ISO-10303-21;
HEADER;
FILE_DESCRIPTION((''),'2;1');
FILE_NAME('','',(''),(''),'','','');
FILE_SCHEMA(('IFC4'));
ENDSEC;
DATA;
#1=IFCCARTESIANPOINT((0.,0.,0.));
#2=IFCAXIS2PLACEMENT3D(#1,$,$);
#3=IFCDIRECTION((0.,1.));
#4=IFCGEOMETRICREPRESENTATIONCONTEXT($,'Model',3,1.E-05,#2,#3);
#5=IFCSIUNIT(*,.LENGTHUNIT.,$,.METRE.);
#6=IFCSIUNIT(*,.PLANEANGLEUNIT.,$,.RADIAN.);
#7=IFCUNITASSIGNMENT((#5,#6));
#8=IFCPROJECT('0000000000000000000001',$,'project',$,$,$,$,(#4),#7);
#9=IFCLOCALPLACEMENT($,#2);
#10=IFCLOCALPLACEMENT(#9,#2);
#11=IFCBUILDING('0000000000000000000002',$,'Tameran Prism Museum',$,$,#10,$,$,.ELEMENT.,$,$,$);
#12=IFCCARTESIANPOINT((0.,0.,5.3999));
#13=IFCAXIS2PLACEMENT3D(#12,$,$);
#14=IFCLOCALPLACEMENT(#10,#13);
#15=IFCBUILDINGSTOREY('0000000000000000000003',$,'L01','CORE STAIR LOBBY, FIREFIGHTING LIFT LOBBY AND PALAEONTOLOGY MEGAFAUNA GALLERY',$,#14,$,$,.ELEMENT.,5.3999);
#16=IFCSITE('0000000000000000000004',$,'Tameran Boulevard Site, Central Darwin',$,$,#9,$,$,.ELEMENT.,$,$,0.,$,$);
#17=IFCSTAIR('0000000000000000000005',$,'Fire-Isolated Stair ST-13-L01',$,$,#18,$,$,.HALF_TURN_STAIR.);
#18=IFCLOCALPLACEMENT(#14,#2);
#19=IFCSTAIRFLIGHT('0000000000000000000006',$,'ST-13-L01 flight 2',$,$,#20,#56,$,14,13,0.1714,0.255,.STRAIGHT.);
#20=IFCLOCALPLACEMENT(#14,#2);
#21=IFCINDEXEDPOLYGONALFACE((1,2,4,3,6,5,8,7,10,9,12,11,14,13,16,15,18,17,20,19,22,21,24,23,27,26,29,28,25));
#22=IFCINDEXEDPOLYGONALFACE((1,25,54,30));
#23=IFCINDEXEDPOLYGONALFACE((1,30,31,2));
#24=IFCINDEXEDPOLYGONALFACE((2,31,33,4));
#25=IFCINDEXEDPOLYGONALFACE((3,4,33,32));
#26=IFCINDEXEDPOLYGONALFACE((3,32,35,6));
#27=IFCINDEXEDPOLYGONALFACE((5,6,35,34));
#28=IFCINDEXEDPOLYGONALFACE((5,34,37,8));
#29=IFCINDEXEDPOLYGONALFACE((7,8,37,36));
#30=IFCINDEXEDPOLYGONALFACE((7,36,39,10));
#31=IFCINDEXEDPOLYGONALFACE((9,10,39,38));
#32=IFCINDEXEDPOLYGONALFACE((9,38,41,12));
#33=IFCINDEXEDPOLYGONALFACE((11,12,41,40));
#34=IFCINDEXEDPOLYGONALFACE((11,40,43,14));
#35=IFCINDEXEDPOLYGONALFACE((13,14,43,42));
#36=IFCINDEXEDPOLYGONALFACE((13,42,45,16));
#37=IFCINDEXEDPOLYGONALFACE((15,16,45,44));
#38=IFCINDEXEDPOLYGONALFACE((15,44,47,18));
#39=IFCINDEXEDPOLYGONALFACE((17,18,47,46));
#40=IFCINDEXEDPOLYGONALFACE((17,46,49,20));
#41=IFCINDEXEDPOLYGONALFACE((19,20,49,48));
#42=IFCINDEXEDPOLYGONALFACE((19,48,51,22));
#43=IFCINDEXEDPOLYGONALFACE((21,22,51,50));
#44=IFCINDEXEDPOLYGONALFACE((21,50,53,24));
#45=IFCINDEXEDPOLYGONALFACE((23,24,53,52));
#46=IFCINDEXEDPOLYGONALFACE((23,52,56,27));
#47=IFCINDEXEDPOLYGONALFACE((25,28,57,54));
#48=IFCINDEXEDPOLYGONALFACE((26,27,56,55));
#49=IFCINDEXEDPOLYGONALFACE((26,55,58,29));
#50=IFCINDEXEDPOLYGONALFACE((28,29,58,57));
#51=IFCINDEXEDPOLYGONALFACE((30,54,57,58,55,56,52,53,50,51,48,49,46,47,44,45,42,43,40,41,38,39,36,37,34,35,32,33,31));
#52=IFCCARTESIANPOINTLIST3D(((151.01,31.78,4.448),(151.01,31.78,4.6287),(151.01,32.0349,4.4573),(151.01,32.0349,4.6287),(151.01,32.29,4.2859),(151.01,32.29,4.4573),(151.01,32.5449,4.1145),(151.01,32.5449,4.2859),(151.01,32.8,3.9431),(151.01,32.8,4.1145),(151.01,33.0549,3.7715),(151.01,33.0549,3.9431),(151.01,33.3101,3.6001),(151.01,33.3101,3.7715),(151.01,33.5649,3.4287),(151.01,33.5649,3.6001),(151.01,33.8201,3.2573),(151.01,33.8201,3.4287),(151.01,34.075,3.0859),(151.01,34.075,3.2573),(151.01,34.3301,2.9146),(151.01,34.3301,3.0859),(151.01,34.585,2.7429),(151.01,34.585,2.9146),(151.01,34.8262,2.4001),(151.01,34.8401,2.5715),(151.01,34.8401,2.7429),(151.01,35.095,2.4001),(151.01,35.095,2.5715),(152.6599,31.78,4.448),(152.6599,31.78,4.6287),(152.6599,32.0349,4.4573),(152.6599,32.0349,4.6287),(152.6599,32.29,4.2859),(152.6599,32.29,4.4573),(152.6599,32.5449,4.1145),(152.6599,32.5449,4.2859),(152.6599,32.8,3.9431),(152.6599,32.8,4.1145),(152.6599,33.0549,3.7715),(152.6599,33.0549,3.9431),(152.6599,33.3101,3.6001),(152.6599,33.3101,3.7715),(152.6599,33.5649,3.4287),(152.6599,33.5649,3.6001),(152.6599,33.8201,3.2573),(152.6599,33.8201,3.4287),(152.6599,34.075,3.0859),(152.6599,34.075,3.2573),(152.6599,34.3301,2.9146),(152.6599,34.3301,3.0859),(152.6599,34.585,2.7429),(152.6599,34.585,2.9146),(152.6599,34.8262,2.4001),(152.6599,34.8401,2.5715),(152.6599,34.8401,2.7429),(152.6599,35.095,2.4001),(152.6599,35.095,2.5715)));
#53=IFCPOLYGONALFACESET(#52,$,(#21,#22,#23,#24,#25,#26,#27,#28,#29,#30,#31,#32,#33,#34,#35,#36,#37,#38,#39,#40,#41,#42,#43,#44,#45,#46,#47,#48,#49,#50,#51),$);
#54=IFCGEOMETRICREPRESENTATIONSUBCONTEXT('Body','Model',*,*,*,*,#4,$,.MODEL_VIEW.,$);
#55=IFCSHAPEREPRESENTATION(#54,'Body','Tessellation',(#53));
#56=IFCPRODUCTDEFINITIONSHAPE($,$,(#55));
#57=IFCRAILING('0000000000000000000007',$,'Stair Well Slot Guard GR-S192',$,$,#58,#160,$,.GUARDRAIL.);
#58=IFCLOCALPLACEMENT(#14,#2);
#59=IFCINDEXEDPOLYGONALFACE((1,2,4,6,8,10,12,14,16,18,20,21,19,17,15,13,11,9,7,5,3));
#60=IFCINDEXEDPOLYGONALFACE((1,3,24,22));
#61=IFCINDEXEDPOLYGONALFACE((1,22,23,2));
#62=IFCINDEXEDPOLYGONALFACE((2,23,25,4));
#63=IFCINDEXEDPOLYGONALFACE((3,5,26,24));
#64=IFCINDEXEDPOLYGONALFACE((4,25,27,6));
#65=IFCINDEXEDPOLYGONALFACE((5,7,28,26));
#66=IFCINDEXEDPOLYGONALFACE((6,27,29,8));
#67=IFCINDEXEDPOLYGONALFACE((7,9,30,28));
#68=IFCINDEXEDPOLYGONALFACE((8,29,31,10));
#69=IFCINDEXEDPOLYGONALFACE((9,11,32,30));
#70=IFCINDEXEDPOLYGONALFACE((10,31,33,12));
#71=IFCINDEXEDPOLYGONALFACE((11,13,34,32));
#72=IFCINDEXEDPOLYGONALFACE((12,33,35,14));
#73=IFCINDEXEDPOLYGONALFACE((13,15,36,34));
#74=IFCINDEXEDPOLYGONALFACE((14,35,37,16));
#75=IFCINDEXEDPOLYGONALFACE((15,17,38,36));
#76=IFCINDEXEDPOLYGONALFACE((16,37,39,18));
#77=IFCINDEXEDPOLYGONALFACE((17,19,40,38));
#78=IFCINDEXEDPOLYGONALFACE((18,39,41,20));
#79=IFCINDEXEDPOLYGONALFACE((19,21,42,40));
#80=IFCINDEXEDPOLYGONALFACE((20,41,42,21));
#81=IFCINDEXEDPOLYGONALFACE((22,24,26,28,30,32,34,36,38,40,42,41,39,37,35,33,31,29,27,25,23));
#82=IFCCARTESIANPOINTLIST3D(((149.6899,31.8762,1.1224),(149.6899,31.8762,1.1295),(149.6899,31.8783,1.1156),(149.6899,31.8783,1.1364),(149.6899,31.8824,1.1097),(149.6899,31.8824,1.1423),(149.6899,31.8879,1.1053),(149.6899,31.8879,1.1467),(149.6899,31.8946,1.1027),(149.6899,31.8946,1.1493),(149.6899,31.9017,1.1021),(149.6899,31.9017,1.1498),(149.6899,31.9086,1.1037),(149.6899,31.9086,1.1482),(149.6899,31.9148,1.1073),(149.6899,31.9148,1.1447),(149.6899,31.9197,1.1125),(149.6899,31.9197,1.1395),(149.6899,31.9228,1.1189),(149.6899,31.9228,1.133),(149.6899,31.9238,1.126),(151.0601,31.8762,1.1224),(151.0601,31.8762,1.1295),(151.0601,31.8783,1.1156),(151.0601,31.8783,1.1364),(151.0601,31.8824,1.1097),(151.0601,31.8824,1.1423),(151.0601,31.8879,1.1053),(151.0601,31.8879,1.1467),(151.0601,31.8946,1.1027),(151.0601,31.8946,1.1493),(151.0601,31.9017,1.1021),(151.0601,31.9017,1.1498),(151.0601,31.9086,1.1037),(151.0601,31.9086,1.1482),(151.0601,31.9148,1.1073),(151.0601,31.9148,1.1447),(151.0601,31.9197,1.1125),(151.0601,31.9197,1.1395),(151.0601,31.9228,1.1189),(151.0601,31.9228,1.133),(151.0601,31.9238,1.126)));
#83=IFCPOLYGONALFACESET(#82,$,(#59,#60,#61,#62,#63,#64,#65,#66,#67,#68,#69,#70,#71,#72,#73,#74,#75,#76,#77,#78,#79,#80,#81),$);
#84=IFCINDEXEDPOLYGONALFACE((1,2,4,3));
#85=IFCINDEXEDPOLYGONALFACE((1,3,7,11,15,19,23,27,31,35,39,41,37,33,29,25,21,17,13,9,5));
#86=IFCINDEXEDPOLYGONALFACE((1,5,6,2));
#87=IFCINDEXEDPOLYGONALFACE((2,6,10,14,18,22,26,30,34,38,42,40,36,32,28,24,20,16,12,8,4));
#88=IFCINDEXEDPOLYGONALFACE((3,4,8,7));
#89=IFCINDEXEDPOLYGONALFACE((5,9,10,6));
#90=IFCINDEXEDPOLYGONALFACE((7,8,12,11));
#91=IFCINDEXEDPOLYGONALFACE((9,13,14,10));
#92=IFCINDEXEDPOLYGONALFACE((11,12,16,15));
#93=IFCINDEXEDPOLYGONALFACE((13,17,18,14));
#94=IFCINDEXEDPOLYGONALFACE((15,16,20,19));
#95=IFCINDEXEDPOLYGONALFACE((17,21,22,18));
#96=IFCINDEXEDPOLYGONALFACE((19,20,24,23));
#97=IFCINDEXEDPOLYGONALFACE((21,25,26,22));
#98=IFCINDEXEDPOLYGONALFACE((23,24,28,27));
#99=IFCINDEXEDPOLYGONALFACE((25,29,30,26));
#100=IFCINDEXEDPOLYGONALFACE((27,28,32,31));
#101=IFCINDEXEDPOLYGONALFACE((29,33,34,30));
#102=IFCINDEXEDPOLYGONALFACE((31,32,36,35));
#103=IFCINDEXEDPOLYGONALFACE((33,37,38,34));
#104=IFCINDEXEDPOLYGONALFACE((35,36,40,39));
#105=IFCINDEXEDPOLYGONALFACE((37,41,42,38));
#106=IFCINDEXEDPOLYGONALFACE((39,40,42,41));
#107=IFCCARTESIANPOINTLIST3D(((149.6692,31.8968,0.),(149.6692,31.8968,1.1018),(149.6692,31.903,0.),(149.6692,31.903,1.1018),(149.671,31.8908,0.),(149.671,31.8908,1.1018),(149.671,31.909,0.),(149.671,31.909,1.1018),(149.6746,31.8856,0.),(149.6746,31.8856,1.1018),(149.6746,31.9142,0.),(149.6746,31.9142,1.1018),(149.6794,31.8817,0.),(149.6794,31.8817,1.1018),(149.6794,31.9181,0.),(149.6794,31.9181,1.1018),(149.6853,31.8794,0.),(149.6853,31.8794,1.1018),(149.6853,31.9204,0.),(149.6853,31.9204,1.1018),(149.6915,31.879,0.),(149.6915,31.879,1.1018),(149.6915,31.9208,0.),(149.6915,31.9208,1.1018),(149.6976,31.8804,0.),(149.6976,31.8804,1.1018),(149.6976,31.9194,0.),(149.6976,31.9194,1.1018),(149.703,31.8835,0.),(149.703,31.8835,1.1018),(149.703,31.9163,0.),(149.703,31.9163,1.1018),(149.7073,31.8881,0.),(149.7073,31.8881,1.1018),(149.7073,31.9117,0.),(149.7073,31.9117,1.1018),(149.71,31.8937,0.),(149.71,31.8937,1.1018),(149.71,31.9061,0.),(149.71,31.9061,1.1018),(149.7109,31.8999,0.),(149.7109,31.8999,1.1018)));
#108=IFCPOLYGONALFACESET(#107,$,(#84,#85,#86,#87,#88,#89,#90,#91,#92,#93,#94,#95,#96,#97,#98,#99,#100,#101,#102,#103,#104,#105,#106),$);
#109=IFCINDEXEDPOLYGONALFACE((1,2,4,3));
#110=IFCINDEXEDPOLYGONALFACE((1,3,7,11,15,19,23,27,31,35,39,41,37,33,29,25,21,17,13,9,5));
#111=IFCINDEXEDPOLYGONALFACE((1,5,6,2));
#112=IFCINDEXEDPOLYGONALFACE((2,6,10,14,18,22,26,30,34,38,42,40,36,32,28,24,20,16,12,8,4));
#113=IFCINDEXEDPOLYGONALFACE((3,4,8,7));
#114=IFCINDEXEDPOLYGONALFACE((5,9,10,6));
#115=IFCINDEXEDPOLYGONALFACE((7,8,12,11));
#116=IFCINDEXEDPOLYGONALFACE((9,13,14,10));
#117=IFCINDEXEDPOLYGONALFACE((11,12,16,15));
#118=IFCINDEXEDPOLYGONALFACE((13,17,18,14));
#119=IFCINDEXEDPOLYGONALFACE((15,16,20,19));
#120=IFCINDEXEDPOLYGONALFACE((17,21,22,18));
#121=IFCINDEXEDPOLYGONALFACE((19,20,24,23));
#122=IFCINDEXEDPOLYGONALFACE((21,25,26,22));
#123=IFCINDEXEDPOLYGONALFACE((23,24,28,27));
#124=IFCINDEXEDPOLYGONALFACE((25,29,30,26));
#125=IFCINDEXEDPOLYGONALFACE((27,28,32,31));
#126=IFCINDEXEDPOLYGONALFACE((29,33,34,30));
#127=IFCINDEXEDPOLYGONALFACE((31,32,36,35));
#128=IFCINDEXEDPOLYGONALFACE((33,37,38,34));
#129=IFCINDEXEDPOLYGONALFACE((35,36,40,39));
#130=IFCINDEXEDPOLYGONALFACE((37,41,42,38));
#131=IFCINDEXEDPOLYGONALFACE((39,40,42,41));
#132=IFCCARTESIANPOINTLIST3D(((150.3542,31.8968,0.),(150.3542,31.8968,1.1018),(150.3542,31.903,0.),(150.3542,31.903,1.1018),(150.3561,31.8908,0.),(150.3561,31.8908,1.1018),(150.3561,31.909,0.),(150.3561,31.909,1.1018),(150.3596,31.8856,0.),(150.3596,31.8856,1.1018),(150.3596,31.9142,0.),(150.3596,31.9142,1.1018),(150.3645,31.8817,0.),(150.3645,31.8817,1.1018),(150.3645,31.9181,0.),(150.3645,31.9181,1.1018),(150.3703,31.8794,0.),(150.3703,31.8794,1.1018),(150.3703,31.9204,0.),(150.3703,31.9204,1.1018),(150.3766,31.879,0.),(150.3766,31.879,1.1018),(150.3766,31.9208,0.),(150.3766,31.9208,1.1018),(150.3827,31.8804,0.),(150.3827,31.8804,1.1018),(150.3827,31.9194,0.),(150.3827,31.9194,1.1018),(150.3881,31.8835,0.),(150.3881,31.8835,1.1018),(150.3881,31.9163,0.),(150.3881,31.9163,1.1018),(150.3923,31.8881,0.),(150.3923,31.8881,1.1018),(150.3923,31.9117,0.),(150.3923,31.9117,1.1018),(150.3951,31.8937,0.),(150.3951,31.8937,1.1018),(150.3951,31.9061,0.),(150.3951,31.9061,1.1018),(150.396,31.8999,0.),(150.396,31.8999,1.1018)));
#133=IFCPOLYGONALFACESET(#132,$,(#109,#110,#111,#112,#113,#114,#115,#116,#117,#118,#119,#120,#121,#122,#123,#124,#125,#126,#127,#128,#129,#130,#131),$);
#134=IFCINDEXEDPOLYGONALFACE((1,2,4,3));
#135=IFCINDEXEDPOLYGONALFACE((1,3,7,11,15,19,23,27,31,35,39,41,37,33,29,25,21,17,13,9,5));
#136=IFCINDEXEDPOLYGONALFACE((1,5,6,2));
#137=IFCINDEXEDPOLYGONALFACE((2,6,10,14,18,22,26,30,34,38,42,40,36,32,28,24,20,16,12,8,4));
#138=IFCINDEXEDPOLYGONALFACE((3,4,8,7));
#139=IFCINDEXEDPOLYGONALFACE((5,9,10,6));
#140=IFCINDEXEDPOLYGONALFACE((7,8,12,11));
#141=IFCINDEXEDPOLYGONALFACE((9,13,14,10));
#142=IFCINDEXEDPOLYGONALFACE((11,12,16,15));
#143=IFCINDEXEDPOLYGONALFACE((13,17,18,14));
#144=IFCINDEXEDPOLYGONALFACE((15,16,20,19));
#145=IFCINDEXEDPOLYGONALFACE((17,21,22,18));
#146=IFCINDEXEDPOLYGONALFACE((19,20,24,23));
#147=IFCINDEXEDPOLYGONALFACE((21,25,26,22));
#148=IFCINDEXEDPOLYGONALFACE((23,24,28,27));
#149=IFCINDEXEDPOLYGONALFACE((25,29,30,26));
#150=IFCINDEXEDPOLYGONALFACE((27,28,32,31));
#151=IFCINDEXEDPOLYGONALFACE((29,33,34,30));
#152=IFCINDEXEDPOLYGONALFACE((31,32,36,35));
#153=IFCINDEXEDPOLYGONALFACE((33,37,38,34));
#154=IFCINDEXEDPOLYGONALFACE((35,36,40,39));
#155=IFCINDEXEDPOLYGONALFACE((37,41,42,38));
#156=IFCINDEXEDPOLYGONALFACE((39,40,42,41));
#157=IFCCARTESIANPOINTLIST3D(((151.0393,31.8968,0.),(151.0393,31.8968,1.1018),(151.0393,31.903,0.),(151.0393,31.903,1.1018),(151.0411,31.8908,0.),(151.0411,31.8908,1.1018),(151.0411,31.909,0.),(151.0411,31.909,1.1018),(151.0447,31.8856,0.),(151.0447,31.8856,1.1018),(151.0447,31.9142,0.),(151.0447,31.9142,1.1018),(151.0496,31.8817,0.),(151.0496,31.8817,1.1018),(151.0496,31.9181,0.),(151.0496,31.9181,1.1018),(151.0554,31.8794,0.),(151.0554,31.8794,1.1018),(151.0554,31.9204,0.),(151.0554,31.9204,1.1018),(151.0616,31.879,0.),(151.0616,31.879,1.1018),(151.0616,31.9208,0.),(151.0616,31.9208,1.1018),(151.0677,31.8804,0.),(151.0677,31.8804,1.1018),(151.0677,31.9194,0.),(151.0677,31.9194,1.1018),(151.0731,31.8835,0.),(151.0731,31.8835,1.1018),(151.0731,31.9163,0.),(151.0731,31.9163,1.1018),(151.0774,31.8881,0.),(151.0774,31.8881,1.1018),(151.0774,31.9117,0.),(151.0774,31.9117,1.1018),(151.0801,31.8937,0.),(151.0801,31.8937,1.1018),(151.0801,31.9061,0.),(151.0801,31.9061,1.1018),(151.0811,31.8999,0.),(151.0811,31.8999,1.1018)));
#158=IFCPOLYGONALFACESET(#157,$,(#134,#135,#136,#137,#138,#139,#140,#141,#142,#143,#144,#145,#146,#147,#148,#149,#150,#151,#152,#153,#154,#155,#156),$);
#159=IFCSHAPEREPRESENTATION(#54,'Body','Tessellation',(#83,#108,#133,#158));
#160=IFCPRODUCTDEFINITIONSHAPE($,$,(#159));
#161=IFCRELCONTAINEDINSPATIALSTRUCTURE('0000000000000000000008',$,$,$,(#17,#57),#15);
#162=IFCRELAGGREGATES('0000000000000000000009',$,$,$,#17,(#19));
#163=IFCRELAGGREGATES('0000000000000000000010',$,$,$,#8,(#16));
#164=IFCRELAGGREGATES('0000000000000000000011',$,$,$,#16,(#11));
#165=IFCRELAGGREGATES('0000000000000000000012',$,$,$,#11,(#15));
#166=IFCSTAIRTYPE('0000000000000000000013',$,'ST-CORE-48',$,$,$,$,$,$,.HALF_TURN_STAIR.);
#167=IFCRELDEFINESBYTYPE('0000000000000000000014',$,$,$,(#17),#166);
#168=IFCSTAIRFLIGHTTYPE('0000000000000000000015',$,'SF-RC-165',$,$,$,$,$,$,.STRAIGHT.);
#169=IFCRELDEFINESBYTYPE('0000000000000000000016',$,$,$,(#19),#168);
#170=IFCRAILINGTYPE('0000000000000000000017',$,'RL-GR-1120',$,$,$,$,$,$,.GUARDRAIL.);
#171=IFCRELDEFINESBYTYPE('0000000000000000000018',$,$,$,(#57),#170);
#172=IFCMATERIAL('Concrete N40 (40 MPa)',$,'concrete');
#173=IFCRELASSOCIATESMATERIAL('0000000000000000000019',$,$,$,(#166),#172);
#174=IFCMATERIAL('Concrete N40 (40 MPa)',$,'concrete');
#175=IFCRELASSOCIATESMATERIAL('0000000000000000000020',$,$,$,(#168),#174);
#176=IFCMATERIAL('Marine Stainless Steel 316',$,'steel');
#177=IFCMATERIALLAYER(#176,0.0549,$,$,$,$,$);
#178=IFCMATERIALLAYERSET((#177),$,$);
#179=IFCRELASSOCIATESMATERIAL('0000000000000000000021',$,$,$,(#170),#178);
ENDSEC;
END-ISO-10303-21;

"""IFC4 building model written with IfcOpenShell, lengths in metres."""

from ifc_helpers import new_model, si_unit, direction, frame, origin, origin_2d, place, context, subcontext, project, spatial, polyline, circle, outline, extrude, material, layer, layer_set, type_object, element, aggregate, save


model = new_model("IFC4")

# Units and contexts
model_context = context("Model", 3, precision=1e-05, world=origin(), true_north=direction((0.0, 1.0)))
body_context = subcontext(model_context, "Body", "Model", "MODEL_VIEW")
ifc_project = project(units=[si_unit("LENGTHUNIT", "METRE"), si_unit("PLANEANGLEUNIT", "RADIAN")], contexts=[model_context])

# Site, building, storey
site_placement = place(None, origin())
site = spatial("IfcSite", under=ifc_project, at=site_placement, Name="Tameran Boulevard Site, Central Darwin", CompositionType="ELEMENT", RefElevation=0.0)
building_placement = place(site_placement, origin())
building = spatial("IfcBuilding", under=site, at=building_placement, Name="Tameran Prism Museum", CompositionType="ELEMENT")
storey_placement = place(building_placement, frame((0.0, 0.0, 5.3999)))
storey = spatial("IfcBuildingStorey", under=building, at=storey_placement, Name="L01", Description="CORE STAIR LOBBY, FIREFIGHTING LIFT LOBBY AND PALAEONTOLOGY MEGAFAUNA GALLERY", CompositionType="ELEMENT", Elevation=5.3999)

# Stair, stair flight
ifc_material_1 = material(Name="Concrete N40 (40 MPa)", Category="concrete")
stair_type = type_object("IfcStairType", Name="ST-CORE-48", PredefinedType="HALF_TURN_STAIR", material=ifc_material_1)
stair_placement = place(storey_placement, origin())
stair = element("IfcStair", 1, at=stair_placement, inside=storey, type_object=stair_type, Name="Fire-Isolated Stair ST-13-L01", PredefinedType="HALF_TURN_STAIR")
ifc_material_2 = material(Name="Concrete N40 (40 MPa)", Category="concrete")
stair_flight_type = type_object("IfcStairFlightType", Name="SF-RC-165", PredefinedType="STRAIGHT", material=ifc_material_2)
stair_flight_1_placement = place(storey_placement, frame((151.835, 35.095, 2.4001), z_axis=(0.0, 0.0, 1.0), x_axis=(0.0, -1.0, 0.0)))
stair_flight_1 = element("IfcStairFlight", 2, at=stair_flight_1_placement, type_object=stair_flight_type, Name="ST-13-L01 flight 2", NumberOfRisers=14, NumberOfTreads=13, PredefinedType="STRAIGHT", RiserHeight=0.1714, TreadLength=0.255, context=body_context, shape_type="SweptSolid", body=[
    extrude(outline(polyline([(0.0, 0.0), (0.0, 0.1714), (0.2549, 0.1714), (0.2549, 0.3428), (0.51, 0.3428), (0.51, 0.5144), (0.7649, 0.5144), (0.7649, 0.6858), (1.02, 0.6858), (1.02, 0.8572), (1.2749, 0.8572), (1.2749, 1.0286), (1.53, 1.0286), (1.53, 1.2), (1.7849, 1.2), (1.7849, 1.3713), (2.04, 1.3713), (2.04, 1.543), (2.2949, 1.543), (2.2949, 1.7144), (2.55, 1.7144), (2.55, 1.8857), (2.8049, 1.8857), (2.8049, 2.0571), (3.0601, 2.0571), (3.0601, 2.2285), (3.3149, 2.2285), (3.3149, 2.3999), (3.3149, 2.0479), (0.2688, 0.0), (0.0, 0.0)])), frame((0.0, 0.825, 0.0), z_axis=(0.0, -1.0, 0.0), x_axis=(1.0, 0.0, 0.0)), (0.0, 0.0, 1.0), 1.6499),
])
aggregate(stair, [stair_flight_1])

# Railing
ifc_material_3 = material(Name="Marine Stainless Steel 316", Category="steel")
ifc_layer_1 = layer(ifc_material_3, 0.0549)
ifc_layer_set_1 = layer_set([ifc_layer_1])
railing_type_1 = type_object("IfcRailingType", Name="RL-GR-1120", PredefinedType="GUARDRAIL", material=ifc_layer_set_1)
railing_1_placement = place(storey_placement, frame((149.6899, 31.8999, 0.0)))
element("IfcRailing", 3, at=railing_1_placement, inside=storey, type_object=railing_type_1, Name="Stair Well Slot Guard GR-S192", PredefinedType="GUARDRAIL", context=body_context, shape_type="SweptSolid", body=[
    extrude(circle(Radius=0.0239, at=origin_2d()), frame((0.0, 0.0, 1.126), z_axis=(1.0, 0.0, 0.0), x_axis=(0.0, 1.0, 0.0)), (0.0, 0.0, 1.0), 1.3701),
    extrude(circle(Radius=0.021, at=origin_2d()), origin(), (0.0, 0.0, 1.0), 1.1018),
    extrude(circle(Radius=0.021, at=origin_2d()), frame((0.6851, 0.0, 0.0)), (0.0, 0.0, 1.0), 1.1018),
    extrude(circle(Radius=0.021, at=origin_2d()), frame((1.3701, 0.0, 0.0)), (0.0, 0.0, 1.0), 1.1018),
])

save(model, "model.ifc")
